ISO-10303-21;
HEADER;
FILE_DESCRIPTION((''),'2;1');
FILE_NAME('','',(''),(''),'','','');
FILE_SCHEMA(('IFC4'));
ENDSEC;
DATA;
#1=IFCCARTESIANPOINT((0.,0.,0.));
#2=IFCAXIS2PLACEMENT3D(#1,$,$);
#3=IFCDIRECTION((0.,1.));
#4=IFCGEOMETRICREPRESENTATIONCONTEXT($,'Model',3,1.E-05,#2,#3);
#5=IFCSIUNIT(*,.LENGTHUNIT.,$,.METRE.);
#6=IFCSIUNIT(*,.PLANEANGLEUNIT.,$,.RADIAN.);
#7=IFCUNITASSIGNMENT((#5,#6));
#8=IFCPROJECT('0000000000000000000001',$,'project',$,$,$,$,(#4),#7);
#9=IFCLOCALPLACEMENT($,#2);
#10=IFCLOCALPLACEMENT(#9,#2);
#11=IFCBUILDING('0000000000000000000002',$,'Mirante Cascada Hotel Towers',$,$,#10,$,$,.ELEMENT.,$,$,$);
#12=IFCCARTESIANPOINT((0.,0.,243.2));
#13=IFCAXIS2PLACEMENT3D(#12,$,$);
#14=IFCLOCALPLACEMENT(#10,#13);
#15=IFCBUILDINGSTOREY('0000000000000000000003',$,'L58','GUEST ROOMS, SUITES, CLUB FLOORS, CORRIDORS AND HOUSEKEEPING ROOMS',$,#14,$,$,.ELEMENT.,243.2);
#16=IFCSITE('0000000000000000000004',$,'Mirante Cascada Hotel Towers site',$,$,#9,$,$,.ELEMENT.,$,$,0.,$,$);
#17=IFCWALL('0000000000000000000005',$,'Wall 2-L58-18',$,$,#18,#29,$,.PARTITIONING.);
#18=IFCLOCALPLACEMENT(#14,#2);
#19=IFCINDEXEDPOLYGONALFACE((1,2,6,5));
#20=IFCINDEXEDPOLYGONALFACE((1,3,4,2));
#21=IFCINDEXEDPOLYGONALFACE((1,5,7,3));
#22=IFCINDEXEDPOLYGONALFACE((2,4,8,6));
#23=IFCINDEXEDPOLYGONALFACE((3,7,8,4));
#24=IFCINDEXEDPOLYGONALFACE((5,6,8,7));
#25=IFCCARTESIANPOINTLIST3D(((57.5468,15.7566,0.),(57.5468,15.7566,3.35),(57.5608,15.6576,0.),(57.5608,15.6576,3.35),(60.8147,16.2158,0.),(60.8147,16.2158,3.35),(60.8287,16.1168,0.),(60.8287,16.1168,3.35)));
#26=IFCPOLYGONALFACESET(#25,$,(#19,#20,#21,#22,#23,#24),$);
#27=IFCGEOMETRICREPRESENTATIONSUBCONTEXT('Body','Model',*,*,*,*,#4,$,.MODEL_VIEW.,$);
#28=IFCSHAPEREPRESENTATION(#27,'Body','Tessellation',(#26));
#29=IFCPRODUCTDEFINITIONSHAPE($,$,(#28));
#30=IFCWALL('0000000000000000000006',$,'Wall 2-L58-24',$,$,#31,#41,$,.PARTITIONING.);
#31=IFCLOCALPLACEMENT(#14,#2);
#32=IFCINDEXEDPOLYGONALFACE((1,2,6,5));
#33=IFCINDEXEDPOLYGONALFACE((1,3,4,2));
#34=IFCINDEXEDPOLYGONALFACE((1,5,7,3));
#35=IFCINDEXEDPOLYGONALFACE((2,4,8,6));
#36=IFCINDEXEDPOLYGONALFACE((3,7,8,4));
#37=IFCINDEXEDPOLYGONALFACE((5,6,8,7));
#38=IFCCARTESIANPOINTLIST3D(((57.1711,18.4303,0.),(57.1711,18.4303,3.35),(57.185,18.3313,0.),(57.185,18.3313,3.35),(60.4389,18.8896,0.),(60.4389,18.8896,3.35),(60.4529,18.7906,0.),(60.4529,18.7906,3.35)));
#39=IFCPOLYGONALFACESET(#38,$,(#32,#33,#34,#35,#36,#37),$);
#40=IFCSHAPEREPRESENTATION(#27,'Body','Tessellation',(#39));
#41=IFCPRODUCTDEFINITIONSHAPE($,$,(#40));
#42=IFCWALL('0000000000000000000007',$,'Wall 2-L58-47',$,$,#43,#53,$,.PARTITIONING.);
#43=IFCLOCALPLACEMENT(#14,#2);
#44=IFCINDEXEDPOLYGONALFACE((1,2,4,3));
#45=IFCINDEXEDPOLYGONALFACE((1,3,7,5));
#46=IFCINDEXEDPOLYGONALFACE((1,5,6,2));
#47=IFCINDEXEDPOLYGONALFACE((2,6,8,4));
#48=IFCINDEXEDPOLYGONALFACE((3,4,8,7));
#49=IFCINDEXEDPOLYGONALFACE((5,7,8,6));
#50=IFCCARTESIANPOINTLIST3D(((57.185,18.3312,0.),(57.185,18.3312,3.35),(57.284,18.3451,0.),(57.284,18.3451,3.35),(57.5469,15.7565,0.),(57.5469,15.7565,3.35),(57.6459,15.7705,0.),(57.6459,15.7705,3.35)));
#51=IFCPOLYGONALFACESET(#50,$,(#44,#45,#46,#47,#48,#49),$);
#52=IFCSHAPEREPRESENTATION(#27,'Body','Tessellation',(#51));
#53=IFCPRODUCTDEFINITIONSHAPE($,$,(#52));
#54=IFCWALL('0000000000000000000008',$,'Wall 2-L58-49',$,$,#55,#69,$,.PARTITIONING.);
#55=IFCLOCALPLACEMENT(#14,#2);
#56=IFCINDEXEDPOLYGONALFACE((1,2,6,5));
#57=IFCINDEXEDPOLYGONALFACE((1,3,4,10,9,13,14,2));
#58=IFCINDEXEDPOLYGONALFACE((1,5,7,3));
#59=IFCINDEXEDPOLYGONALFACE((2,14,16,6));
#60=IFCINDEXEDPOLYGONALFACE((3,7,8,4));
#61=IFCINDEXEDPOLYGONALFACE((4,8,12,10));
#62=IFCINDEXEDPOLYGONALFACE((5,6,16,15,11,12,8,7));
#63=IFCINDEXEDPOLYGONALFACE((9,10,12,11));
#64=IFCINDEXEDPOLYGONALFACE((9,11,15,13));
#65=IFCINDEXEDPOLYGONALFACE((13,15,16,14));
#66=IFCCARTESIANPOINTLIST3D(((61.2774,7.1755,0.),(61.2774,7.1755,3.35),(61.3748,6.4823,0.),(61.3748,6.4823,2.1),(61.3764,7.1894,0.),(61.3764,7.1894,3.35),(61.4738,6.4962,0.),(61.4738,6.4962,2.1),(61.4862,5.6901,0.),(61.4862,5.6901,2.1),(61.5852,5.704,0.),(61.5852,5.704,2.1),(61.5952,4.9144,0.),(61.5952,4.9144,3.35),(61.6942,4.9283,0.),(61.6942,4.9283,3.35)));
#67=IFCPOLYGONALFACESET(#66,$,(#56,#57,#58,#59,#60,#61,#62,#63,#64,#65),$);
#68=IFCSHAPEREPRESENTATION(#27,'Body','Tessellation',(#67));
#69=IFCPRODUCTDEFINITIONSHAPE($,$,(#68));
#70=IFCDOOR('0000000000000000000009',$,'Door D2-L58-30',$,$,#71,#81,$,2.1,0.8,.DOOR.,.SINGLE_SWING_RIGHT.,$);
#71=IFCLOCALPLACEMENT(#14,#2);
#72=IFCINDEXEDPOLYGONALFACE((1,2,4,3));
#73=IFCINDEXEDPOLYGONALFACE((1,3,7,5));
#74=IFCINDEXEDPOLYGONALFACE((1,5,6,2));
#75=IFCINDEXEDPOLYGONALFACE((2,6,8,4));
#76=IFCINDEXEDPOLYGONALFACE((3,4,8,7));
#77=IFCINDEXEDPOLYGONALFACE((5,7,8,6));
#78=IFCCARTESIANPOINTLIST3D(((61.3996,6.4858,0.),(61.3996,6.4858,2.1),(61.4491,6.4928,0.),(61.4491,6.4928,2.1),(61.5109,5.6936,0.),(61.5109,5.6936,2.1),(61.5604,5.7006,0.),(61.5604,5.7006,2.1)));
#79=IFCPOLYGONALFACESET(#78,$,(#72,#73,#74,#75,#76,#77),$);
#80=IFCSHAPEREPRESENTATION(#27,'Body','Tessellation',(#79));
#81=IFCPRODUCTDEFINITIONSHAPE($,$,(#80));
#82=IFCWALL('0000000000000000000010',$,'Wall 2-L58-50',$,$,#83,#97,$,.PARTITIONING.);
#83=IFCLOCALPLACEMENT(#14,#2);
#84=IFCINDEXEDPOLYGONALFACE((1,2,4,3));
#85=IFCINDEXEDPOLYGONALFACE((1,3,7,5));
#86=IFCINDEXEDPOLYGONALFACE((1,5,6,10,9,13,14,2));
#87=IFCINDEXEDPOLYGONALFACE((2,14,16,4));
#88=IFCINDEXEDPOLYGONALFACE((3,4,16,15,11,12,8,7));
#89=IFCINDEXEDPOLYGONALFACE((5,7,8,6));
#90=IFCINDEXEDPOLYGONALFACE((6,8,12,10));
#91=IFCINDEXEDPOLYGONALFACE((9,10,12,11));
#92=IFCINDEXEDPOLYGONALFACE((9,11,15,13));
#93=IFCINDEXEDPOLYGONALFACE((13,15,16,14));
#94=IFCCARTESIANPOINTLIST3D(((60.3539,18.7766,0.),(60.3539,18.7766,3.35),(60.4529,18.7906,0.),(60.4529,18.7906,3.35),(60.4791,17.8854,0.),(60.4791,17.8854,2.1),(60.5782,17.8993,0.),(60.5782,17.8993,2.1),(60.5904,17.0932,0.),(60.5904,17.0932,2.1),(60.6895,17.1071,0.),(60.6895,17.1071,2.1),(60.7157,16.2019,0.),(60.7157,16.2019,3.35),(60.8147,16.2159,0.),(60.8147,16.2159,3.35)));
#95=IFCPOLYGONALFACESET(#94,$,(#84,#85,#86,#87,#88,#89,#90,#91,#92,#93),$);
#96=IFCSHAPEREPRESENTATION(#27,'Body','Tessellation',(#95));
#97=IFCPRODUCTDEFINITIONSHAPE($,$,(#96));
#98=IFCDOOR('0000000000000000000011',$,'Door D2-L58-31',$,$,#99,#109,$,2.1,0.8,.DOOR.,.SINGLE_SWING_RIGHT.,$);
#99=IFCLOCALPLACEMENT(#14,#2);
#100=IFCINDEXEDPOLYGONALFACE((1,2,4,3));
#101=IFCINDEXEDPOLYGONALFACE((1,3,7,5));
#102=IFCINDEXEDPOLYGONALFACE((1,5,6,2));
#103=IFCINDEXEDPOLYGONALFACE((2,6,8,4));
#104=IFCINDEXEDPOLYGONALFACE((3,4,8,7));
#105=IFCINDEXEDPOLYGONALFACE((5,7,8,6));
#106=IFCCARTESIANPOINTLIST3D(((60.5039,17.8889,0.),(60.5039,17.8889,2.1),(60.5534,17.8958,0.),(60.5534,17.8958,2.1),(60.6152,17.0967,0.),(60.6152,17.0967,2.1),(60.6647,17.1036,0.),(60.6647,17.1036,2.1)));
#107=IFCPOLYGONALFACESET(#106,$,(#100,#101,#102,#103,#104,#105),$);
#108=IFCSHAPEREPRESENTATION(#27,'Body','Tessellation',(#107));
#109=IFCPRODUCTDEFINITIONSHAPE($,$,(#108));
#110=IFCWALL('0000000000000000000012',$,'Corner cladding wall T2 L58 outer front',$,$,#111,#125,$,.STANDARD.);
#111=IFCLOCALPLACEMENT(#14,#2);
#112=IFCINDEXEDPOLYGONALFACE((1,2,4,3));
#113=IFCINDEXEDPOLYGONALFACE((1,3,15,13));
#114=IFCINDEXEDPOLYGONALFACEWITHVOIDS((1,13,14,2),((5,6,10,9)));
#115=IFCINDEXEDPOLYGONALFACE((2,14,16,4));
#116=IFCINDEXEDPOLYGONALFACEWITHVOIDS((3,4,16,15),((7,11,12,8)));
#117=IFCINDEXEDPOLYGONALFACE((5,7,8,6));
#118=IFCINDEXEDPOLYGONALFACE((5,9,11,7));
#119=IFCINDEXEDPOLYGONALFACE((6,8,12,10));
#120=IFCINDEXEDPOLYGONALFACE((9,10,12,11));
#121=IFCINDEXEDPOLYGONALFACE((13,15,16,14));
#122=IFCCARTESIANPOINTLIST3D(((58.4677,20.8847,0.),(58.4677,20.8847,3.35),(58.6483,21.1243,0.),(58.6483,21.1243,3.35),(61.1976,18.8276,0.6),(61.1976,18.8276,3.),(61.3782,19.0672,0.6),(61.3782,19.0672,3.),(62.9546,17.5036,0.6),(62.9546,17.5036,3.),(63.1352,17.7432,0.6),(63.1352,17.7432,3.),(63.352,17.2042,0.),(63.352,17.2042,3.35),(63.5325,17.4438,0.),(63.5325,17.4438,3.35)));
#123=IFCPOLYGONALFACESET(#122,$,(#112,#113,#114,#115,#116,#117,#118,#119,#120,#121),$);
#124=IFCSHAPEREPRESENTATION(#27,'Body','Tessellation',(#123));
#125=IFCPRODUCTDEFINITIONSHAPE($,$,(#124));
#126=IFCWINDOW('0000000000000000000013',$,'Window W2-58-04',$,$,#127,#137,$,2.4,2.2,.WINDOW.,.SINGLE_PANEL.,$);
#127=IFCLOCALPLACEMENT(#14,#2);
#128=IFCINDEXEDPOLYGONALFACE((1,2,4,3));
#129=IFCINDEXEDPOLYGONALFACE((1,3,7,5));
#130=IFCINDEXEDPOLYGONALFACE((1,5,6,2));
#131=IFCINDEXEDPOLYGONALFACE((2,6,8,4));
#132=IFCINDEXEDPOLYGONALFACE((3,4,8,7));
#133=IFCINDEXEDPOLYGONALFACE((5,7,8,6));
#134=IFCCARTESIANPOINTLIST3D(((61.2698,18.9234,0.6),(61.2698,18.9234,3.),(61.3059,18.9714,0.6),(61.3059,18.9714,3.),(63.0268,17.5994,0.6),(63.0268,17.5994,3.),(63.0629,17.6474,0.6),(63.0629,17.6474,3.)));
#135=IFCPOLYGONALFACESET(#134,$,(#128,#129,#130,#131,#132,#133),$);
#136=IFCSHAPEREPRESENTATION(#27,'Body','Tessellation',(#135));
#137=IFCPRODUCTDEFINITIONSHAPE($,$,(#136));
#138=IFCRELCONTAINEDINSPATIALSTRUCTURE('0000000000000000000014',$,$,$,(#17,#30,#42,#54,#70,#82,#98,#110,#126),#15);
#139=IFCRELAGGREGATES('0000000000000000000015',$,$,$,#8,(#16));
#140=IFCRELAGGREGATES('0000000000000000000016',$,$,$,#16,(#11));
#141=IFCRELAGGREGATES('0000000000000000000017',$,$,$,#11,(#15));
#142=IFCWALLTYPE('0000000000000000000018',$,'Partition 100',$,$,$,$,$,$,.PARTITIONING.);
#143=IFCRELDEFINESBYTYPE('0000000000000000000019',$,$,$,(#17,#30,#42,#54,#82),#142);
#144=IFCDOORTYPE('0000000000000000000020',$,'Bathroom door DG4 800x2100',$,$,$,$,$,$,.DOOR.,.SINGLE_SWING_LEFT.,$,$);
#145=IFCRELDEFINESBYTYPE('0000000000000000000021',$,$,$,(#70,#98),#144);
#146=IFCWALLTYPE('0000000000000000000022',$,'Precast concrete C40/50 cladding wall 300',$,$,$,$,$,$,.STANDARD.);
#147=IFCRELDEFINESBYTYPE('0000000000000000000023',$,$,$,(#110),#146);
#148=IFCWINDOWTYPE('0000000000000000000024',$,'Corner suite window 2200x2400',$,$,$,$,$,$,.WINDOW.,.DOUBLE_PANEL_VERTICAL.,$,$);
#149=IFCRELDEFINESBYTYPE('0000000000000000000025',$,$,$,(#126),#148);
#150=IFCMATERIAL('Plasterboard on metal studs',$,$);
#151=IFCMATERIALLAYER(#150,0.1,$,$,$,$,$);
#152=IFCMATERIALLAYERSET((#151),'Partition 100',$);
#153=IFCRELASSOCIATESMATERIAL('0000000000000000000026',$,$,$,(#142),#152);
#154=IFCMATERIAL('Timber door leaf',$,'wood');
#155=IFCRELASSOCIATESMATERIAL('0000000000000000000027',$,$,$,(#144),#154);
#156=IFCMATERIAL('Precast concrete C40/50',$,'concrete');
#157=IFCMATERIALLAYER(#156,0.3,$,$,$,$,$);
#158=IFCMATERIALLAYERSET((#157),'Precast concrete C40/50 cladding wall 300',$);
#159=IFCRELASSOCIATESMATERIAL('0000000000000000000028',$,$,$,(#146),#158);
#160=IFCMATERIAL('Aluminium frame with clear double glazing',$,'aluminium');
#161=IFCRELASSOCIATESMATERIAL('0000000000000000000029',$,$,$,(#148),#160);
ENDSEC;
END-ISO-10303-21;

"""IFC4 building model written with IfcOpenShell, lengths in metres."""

from ifc_helpers import new_model, si_unit, direction, frame, frame_2d, origin, place, context, subcontext, project, spatial, rectangle, extrude, material, layer, layer_set, type_object, element, fill, save


model = new_model("IFC4")

# Units and contexts
model_context = context("Model", 3, precision=1e-05, world=origin(), true_north=direction((0.0, 1.0)))
body_context = subcontext(model_context, "Body", "Model", "MODEL_VIEW")
ifc_project = project(units=[si_unit("LENGTHUNIT", "METRE"), si_unit("PLANEANGLEUNIT", "RADIAN")], contexts=[model_context])

# Site, building, storey
site_placement = place(None, origin())
site = spatial("IfcSite", under=ifc_project, at=site_placement, Name="Mirante Cascada Hotel Towers site", CompositionType="ELEMENT", RefElevation=0.0)
building_placement = place(site_placement, origin())
building = spatial("IfcBuilding", under=site, at=building_placement, Name="Mirante Cascada Hotel Towers", CompositionType="ELEMENT")
storey_placement = place(building_placement, frame((0.0, 0.0, 243.2)))
storey = spatial("IfcBuildingStorey", under=building, at=storey_placement, Name="L58", Description="GUEST ROOMS, SUITES, CLUB FLOORS, CORRIDORS AND HOUSEKEEPING ROOMS", CompositionType="ELEMENT", Elevation=243.2)

# Shared definitions
ifc_material_1 = material(Name="Plasterboard on metal studs")
ifc_layer_1 = layer(ifc_material_1, 0.1)
ifc_layer_set_1 = layer_set([ifc_layer_1], Name="Partition 100")
wall_type_1 = type_object("IfcWallType", Name="Partition 100", PredefinedType="PARTITIONING", material=ifc_layer_set_1)

# Walls
for number, where, z_axis, x_axis, name in (
    (1, (60.8217, 16.1663, 0.0), (0.0, 0.0, 1.0), (-0.990271, -0.139151, 0.0), "Wall 2-L58-18"),
    (2, (60.4459, 18.8401, 0.0), (0.0, 0.0, 1.0), (-0.990267, -0.139181, 0.0), "Wall 2-L58-24"),
):
    element("IfcWall", number, at=place(storey_placement, frame(where, z_axis=z_axis, x_axis=x_axis)), inside=storey, type_object=wall_type_1, Name=name, PredefinedType="PARTITIONING", context=body_context, shape_type="SweptSolid", body=[
        extrude(rectangle(XDim=3.3, YDim=0.1, at=frame_2d((1.65, 0.0))), origin(), (0.0, 0.0, 1.0), 3.35),
    ])
wall_1_placement = place(storey_placement, frame((57.5964, 15.7635, 0.0), z_axis=(0.0, 0.0, 1.0), x_axis=(-0.139192, 0.990265, 0.0)))
element("IfcWall", 3, at=wall_1_placement, inside=storey, type_object=wall_type_1, Name="Wall 2-L58-47", PredefinedType="PARTITIONING", context=body_context, shape_type="SweptSolid", body=[
    extrude(rectangle(XDim=2.6, YDim=0.1, at=frame_2d((1.3, 0.0))), origin(), (0.0, 0.0, 1.0), 3.35),
])

# Walls, openings, doors
wall_2_placement = place(storey_placement, frame((61.6447, 4.9214, 0.0), z_axis=(0.0, 0.0, 1.0), x_axis=(-0.139183, 0.990267, 0.0)))
wall_2 = element("IfcWall", 4, at=wall_2_placement, inside=storey, type_object=wall_type_1, Name="Wall 2-L58-49", PredefinedType="PARTITIONING", context=body_context, shape_type="SweptSolid", body=[
    extrude(rectangle(XDim=2.2833, YDim=0.1, at=frame_2d((1.1416, 0.0))), origin(), (0.0, 0.0, 1.0), 3.35),
])
opening_1_placement = place(wall_2_placement, frame((0.7833, 0.0, 0.0)))
opening_1 = element("IfcOpeningElement", 5, at=opening_1_placement, cuts=wall_2, PredefinedType="OPENING", context=body_context, shape_type="SweptSolid", body=[
    extrude(rectangle(XDim=0.8, YDim=2.1, at=frame_2d((0.4, 1.05))), frame((0.0, 0.05, 0.0), z_axis=(0.0, -1.0, 0.0), x_axis=(1.0, 0.0, 0.0)), (0.0, 0.0, 1.0), 0.1),
])
ifc_material_2 = material(Name="Timber door leaf", Category="wood")
door_type_1 = type_object("IfcDoorType", Name="Bathroom door DG4 800x2100", OperationType="SINGLE_SWING_LEFT", PredefinedType="DOOR", material=ifc_material_2)
door_1_placement = place(opening_1_placement, frame((0.8, 0.0, 0.0), z_axis=(0.0, 0.0, 1.0), x_axis=(-1.0, 0.0, 0.0)))
door_1 = element("IfcDoor", 6, at=door_1_placement, inside=storey, type_object=door_type_1, Name="Door D2-L58-30", OperationType="SINGLE_SWING_RIGHT", OverallHeight=2.1, OverallWidth=0.8, PredefinedType="DOOR", context=body_context, shape_type="SweptSolid", body=[
    extrude(rectangle(XDim=0.8, YDim=2.1, at=frame_2d((0.4, 1.05))), frame((0.0, 0.025, 0.0), z_axis=(0.0, -1.0, 0.0), x_axis=(1.0, 0.0, 0.0)), (0.0, 0.0, 1.0), 0.05),
])
fill(opening_1, door_1)
wall_3_placement = place(storey_placement, frame((60.4034, 18.7836, 0.0), z_axis=(0.0, 0.0, 1.0), x_axis=(0.139154, -0.990271, 0.0)))
wall_3 = element("IfcWall", 7, at=wall_3_placement, inside=storey, type_object=wall_type_1, Name="Wall 2-L58-50", PredefinedType="PARTITIONING", context=body_context, shape_type="SweptSolid", body=[
    extrude(rectangle(XDim=2.6, YDim=0.1, at=frame_2d((1.3, 0.0))), origin(), (0.0, 0.0, 1.0), 3.35),
])
opening_2_placement = place(wall_3_placement, frame((0.9, 0.0, 0.0)))
opening_2 = element("IfcOpeningElement", 8, at=opening_2_placement, cuts=wall_3, PredefinedType="OPENING", context=body_context, shape_type="SweptSolid", body=[
    extrude(rectangle(XDim=0.8, YDim=2.1, at=frame_2d((0.4, 1.05))), frame((0.0, 0.05, 0.0), z_axis=(0.0, -1.0, 0.0), x_axis=(1.0, 0.0, 0.0)), (0.0, 0.0, 1.0), 0.1),
])
door_2_placement = place(opening_2_placement, frame((0.8, 0.0, 0.0), z_axis=(0.0, 0.0, 1.0), x_axis=(-1.0, 0.0, 0.0)))
door_2 = element("IfcDoor", 9, at=door_2_placement, inside=storey, type_object=door_type_1, Name="Door D2-L58-31", OperationType="SINGLE_SWING_RIGHT", OverallHeight=2.1, OverallWidth=0.8, PredefinedType="DOOR", context=body_context, shape_type="SweptSolid", body=[
    extrude(rectangle(XDim=0.8, YDim=2.1, at=frame_2d((0.4, 1.05))), frame((0.0, 0.025, 0.0), z_axis=(0.0, -1.0, 0.0), x_axis=(1.0, 0.0, 0.0)), (0.0, 0.0, 1.0), 0.05),
])
fill(opening_2, door_2)

# Wall, opening, window
ifc_material_3 = material(Name="Precast concrete C40/50", Category="concrete")
ifc_layer_2 = layer(ifc_material_3, 0.3)
ifc_layer_set_2 = layer_set([ifc_layer_2], Name="Precast concrete C40/50 cladding wall 300")
wall_type_2 = type_object("IfcWallType", Name="Precast concrete C40/50 cladding wall 300", PredefinedType="STANDARD", material=ifc_layer_set_2)
wall_4_placement = place(storey_placement, frame((63.4422, 17.324, 0.0), z_axis=(0.0, 0.0, 1.0), x_axis=(-0.798636, 0.601814, 0.0)))
wall_4 = element("IfcWall", 10, at=wall_4_placement, inside=storey, type_object=wall_type_2, Name="Corner cladding wall T2 L58 outer front", PredefinedType="STANDARD", context=body_context, shape_type="SweptSolid", body=[
    extrude(rectangle(XDim=6.1157, YDim=0.3, at=frame_2d((3.0578, 0.0))), origin(), (0.0, 0.0, 1.0), 3.35),
])
opening_3_placement = place(wall_4_placement, frame((0.4975, 0.0, 0.6)))
opening_3 = element("IfcOpeningElement", 11, at=opening_3_placement, cuts=wall_4, PredefinedType="OPENING", context=body_context, shape_type="SweptSolid", body=[
    extrude(rectangle(XDim=2.2, YDim=2.4, at=frame_2d((1.1, 1.2))), frame((0.0, 0.15, 0.0), z_axis=(0.0, -1.0, 0.0), x_axis=(1.0, 0.0, 0.0)), (0.0, 0.0, 1.0), 0.3),
])
ifc_material_4 = material(Name="Aluminium frame with clear double glazing", Category="aluminium")
window_type = type_object("IfcWindowType", Name="Corner suite window 2200x2400", PartitioningType="DOUBLE_PANEL_VERTICAL", PredefinedType="WINDOW", material=ifc_material_4)
window_placement = place(opening_3_placement, origin())
window = element("IfcWindow", 12, at=window_placement, inside=storey, type_object=window_type, Name="Window W2-58-04", OverallHeight=2.4, OverallWidth=2.2, PartitioningType="SINGLE_PANEL", PredefinedType="WINDOW", context=body_context, shape_type="SweptSolid", body=[
    extrude(rectangle(XDim=2.2, YDim=2.4, at=frame_2d((1.1, 1.2))), frame((0.0, 0.03, 0.0), z_axis=(0.0, -1.0, 0.0), x_axis=(1.0, 0.0, 0.0)), (0.0, 0.0, 1.0), 0.06),
])
fill(opening_3, window)

save(model, "model.ifc")
